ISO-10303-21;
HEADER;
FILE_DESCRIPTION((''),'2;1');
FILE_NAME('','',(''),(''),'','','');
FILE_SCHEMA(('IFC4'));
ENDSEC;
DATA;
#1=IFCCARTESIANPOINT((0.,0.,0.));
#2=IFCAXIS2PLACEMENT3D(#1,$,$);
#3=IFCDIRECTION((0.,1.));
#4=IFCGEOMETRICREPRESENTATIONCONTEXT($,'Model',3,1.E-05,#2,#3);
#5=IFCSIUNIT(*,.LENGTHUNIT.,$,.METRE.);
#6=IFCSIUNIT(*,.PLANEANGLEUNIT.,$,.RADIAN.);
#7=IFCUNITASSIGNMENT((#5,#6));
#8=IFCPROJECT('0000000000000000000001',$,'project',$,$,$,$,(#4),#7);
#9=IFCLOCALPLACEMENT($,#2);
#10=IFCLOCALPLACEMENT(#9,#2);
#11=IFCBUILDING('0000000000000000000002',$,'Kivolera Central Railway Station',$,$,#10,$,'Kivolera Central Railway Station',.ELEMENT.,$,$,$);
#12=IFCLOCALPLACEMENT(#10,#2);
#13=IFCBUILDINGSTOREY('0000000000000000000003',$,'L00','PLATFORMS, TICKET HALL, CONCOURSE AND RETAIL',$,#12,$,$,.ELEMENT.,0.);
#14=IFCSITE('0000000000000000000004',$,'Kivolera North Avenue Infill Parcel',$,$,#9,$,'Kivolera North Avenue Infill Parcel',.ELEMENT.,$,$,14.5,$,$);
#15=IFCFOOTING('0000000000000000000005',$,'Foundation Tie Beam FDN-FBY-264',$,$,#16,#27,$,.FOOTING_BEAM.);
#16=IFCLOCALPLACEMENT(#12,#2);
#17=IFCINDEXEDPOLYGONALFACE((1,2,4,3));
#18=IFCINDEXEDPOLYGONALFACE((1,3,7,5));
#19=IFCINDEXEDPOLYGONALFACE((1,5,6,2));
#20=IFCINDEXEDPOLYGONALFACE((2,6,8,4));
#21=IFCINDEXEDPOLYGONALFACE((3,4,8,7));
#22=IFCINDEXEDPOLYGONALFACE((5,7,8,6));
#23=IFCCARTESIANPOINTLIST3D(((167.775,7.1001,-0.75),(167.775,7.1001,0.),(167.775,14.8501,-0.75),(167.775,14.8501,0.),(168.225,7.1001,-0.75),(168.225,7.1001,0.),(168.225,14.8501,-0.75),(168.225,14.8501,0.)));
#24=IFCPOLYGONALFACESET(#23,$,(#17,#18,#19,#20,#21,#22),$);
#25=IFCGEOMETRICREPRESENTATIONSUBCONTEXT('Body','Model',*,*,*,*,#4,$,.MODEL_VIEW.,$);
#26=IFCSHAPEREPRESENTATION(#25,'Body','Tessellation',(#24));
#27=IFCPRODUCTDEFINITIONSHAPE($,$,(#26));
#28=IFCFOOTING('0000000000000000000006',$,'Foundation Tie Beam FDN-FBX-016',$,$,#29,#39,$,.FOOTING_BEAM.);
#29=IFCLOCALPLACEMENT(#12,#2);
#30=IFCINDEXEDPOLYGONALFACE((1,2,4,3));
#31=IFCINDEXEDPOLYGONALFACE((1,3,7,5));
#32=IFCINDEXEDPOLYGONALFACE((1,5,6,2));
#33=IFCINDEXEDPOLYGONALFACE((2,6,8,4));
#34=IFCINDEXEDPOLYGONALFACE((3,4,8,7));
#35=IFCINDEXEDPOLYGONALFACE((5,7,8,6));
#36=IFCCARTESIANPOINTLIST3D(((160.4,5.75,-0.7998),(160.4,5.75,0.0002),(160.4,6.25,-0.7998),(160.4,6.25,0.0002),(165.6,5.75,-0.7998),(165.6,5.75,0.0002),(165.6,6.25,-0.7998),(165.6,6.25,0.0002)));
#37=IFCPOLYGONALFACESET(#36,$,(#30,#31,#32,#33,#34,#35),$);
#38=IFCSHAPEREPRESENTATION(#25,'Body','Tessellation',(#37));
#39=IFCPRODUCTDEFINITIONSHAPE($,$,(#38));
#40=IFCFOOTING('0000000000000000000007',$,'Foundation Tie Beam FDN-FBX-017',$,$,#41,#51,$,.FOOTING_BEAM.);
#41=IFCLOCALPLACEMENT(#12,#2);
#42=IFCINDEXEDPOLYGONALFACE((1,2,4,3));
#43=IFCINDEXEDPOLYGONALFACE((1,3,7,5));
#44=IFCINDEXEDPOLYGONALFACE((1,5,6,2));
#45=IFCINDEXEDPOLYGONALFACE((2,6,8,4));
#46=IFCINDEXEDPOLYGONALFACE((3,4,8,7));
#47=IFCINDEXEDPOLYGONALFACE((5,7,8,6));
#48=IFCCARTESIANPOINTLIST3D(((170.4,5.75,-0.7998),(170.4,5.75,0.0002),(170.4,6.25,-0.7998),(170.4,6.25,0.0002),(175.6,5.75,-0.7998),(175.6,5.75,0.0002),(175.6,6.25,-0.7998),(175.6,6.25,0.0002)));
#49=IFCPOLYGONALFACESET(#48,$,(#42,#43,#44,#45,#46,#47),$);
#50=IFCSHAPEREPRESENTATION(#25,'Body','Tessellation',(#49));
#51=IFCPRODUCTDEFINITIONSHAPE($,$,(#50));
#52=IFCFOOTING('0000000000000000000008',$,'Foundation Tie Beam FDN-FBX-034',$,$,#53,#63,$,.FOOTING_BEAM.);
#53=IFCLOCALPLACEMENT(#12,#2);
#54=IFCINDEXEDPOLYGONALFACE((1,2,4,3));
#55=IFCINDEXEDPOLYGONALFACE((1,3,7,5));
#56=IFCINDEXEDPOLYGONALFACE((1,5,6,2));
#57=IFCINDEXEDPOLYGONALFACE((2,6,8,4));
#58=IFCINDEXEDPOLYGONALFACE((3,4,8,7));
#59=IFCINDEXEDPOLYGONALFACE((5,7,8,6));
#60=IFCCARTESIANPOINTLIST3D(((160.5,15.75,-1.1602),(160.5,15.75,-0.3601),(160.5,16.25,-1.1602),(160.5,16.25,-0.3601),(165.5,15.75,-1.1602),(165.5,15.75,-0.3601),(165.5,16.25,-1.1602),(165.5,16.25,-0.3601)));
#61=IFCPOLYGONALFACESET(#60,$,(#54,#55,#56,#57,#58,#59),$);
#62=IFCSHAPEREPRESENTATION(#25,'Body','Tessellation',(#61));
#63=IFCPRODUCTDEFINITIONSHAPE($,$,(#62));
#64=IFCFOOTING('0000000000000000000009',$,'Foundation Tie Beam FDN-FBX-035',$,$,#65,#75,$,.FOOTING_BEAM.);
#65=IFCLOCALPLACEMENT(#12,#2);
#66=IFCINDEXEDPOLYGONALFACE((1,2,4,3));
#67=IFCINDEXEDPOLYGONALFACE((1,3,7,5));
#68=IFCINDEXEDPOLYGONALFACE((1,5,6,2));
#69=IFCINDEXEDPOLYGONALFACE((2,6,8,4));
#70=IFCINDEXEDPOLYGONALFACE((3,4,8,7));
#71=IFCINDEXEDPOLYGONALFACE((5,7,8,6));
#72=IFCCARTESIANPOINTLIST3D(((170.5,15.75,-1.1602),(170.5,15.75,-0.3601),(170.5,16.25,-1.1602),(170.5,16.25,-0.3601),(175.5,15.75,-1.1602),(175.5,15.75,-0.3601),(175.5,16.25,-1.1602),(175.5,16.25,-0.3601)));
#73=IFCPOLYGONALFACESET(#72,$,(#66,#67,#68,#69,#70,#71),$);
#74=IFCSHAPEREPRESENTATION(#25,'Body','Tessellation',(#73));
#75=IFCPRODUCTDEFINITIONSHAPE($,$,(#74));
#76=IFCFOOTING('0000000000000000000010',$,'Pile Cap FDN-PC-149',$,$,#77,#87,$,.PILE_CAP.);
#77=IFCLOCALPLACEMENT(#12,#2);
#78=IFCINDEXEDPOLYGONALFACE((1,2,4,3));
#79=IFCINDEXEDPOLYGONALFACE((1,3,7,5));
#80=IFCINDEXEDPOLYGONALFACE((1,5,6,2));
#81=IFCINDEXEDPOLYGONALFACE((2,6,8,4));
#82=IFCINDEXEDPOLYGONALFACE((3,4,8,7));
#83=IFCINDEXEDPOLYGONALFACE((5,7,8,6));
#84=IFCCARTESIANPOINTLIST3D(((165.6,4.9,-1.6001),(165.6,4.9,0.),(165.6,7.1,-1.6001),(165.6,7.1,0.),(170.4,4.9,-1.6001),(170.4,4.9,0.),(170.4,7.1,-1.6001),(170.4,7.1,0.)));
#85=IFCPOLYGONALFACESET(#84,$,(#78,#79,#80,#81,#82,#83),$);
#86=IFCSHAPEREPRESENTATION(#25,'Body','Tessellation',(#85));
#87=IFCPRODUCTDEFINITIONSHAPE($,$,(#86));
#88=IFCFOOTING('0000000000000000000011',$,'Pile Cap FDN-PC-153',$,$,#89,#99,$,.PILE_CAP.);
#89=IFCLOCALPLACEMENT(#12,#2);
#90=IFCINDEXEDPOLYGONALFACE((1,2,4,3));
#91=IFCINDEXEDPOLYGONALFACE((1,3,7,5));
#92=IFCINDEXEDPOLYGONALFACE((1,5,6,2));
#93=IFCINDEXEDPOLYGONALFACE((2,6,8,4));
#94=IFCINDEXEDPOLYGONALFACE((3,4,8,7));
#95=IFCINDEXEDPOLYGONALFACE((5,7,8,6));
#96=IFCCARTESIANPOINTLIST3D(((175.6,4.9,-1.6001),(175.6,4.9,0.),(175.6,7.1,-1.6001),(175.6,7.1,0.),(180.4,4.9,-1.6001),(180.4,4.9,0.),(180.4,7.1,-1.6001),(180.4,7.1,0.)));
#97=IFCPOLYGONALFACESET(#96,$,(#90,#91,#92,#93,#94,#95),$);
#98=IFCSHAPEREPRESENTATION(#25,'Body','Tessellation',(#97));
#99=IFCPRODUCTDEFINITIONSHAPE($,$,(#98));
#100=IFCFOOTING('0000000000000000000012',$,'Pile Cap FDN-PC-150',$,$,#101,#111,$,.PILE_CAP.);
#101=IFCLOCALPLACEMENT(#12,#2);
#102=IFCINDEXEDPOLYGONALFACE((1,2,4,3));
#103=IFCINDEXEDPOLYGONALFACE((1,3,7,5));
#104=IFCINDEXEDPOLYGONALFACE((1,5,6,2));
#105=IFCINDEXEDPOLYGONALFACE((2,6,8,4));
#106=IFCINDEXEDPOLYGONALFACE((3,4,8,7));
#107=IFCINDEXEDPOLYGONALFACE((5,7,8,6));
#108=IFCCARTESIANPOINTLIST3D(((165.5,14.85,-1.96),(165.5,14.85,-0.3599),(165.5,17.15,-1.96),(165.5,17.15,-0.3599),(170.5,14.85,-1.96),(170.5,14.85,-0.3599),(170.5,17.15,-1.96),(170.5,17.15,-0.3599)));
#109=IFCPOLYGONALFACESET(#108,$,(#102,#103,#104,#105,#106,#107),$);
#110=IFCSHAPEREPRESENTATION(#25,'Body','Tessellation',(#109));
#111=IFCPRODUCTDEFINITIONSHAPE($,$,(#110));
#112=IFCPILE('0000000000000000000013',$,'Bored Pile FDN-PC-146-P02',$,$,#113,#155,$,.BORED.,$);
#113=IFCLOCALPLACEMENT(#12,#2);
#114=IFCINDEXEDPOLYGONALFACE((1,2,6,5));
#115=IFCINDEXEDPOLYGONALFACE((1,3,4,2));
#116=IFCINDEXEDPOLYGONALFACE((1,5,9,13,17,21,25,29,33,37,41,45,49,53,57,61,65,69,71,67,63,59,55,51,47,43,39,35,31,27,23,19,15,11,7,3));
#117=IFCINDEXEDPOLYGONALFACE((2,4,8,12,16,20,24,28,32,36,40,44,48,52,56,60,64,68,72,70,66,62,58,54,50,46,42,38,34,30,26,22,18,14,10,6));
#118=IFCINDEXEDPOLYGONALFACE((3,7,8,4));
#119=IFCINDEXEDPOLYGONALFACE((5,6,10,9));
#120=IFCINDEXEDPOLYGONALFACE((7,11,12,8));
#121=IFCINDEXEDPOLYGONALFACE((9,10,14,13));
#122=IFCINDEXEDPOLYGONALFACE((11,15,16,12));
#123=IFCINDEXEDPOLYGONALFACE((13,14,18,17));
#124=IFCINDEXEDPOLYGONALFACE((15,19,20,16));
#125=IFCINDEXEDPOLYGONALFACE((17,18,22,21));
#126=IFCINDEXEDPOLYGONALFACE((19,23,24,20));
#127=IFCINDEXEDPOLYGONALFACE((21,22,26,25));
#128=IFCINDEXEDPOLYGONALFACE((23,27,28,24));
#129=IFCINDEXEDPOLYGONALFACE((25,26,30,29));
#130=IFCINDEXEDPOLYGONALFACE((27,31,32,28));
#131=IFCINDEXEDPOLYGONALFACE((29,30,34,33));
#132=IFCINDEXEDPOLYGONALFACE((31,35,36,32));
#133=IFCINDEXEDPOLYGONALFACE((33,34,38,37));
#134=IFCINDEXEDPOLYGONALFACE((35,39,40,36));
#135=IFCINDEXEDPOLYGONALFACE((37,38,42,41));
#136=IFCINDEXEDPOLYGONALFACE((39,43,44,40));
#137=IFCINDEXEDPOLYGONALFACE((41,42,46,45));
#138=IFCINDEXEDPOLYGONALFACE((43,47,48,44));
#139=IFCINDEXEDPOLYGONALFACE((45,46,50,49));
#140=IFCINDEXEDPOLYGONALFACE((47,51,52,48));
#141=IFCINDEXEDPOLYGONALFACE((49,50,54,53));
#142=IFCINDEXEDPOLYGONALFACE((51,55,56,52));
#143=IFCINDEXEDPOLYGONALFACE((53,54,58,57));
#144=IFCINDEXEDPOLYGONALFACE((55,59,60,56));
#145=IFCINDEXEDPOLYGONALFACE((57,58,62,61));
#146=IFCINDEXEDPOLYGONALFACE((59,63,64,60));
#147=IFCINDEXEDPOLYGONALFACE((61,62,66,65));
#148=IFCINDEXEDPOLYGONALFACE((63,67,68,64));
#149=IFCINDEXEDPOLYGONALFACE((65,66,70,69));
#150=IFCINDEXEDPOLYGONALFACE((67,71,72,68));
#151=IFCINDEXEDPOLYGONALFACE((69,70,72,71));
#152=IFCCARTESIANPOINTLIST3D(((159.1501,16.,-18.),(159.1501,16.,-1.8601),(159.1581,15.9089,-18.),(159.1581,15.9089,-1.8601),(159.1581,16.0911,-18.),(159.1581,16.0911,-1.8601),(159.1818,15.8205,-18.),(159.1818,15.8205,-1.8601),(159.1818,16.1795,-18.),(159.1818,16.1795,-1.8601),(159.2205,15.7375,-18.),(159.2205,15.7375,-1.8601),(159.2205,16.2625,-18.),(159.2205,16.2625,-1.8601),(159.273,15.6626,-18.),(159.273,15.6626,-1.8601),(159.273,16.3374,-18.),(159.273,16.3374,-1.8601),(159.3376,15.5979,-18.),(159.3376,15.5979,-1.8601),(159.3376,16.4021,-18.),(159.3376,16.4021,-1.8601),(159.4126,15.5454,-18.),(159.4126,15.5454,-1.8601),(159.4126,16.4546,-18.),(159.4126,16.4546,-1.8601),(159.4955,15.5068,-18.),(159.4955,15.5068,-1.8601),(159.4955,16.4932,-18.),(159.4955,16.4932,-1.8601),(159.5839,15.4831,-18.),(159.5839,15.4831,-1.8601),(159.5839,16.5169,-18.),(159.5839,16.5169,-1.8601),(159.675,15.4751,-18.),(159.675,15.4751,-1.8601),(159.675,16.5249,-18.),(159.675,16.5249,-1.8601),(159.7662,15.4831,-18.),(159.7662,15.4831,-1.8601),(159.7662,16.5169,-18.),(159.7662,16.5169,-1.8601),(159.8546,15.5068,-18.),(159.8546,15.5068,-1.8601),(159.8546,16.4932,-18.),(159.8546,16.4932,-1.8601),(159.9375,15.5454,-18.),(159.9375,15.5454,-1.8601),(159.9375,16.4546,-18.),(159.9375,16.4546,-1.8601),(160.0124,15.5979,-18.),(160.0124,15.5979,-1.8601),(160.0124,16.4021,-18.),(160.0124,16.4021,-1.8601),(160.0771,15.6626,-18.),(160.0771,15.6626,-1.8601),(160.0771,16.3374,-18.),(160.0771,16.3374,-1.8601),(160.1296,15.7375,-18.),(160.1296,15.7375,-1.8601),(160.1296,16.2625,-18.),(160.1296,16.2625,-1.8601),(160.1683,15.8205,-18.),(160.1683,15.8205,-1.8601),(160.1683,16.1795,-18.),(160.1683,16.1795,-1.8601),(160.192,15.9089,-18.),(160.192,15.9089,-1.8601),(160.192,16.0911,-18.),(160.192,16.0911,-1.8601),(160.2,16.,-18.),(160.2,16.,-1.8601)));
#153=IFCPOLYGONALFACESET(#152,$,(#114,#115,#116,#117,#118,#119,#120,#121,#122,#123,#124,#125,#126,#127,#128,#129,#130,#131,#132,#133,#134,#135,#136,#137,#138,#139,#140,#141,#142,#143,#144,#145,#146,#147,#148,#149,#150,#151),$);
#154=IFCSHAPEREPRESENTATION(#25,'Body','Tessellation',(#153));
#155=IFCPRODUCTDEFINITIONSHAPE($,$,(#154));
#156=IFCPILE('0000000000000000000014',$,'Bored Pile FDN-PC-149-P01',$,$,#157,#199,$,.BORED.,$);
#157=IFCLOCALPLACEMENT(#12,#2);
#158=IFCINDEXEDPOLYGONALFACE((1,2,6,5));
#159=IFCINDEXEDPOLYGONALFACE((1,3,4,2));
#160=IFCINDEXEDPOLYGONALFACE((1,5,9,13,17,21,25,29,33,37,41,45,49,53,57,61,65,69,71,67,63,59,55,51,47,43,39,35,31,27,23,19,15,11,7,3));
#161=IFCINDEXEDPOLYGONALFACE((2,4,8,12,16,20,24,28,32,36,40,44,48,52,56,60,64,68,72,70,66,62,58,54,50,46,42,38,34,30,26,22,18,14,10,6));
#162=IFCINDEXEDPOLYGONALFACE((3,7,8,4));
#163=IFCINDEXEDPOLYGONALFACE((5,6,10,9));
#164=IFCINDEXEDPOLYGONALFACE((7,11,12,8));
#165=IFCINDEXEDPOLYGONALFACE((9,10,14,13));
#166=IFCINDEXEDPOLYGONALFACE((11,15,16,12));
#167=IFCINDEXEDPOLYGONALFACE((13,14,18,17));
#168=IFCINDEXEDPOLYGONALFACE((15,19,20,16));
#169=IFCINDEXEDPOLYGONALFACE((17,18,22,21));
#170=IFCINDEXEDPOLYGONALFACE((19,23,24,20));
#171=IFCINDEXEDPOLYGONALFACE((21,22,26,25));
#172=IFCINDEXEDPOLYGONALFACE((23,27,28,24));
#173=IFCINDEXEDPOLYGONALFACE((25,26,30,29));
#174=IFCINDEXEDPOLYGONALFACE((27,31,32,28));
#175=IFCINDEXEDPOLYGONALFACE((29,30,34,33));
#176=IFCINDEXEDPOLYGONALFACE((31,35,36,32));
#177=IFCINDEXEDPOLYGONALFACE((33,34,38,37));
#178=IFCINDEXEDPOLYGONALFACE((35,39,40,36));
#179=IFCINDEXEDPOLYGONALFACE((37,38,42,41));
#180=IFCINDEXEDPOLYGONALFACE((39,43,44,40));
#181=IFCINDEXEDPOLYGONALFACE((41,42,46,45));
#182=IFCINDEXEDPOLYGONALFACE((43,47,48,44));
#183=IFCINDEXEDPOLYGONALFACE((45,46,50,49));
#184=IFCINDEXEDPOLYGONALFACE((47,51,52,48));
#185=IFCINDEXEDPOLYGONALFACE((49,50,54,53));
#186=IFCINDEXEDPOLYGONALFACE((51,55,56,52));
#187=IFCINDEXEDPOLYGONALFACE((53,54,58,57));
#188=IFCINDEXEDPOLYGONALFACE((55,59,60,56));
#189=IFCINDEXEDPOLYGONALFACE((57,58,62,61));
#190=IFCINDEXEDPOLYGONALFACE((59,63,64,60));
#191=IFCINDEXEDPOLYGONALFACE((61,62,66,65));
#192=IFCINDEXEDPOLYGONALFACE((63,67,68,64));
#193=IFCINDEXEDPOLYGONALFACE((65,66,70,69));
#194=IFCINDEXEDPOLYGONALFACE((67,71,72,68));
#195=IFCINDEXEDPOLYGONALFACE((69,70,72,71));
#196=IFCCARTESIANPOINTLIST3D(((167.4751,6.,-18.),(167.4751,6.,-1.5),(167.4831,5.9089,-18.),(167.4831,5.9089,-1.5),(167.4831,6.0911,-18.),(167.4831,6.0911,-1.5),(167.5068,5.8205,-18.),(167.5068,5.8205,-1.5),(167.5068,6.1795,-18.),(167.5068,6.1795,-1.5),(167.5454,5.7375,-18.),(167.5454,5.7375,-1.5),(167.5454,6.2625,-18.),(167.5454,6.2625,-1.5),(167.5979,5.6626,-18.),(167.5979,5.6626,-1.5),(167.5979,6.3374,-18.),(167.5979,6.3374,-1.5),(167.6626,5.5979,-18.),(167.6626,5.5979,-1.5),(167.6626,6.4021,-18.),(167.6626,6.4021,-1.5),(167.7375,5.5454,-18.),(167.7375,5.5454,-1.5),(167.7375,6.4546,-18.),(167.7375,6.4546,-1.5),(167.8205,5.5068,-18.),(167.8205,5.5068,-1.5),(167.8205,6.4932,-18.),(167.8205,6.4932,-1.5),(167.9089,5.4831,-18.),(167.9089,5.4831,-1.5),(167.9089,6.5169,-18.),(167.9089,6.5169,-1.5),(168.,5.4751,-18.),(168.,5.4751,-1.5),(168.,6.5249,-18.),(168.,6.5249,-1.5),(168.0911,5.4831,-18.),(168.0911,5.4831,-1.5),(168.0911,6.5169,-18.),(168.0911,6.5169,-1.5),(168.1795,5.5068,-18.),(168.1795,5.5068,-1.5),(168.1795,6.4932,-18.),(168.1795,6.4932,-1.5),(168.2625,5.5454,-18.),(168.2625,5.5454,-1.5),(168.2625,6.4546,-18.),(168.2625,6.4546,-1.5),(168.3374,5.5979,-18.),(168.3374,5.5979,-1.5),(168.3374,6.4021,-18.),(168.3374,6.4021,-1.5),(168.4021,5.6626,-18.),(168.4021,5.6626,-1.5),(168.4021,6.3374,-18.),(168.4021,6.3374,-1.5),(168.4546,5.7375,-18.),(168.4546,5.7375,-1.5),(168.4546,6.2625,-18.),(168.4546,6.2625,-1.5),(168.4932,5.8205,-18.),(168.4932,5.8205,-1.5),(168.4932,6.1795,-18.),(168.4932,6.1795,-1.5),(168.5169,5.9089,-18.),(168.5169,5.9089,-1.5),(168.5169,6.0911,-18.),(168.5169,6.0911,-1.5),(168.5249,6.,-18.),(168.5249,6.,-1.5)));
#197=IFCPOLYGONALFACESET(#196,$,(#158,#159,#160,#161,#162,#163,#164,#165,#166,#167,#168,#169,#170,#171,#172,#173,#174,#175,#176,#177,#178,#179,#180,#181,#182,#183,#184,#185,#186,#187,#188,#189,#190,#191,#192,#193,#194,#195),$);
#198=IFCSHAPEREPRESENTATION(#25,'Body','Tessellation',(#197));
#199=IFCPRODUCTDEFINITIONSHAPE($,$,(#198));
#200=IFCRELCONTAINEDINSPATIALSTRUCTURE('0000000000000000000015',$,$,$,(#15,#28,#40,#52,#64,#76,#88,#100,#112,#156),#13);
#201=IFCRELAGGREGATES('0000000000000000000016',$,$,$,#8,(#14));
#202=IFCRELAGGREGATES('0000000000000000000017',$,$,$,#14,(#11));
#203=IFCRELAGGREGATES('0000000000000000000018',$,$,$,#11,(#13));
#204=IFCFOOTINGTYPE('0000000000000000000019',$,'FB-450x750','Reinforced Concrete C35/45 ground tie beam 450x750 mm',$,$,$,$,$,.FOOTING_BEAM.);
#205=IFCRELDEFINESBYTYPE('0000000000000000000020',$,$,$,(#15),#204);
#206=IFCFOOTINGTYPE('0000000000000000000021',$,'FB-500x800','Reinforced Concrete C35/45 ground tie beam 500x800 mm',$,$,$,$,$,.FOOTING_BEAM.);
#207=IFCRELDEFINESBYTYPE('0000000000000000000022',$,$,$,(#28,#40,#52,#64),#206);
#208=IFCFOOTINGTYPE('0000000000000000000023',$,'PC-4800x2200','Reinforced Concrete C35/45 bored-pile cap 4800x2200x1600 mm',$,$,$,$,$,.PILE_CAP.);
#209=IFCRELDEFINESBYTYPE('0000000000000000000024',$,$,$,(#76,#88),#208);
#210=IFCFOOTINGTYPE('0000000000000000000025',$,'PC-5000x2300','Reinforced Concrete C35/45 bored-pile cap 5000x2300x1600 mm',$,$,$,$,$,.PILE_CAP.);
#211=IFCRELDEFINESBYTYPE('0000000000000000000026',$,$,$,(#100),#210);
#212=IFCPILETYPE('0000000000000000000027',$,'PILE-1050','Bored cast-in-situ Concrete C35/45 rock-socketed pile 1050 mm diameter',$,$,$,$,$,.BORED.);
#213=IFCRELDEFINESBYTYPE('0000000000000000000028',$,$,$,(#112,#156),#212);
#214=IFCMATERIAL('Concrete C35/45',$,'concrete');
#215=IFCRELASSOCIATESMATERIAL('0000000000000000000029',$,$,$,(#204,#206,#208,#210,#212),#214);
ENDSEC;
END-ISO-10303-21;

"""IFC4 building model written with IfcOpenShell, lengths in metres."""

from ifc_helpers import new_model, si_unit, direction, frame, origin, origin_2d, place, context, subcontext, project, spatial, rectangle, circle, extrude, material, material_profile, profile_set, type_object, element, save


model = new_model("IFC4")

# Units and contexts
model_context = context("Model", 3, precision=1e-05, world=origin(), true_north=direction((0.0, 1.0)))
body_context = subcontext(model_context, "Body", "Model", "MODEL_VIEW")
ifc_project = project(units=[si_unit("LENGTHUNIT", "METRE"), si_unit("PLANEANGLEUNIT", "RADIAN")], contexts=[model_context])

# Site, building, storey
site_placement = place(None, origin())
site = spatial("IfcSite", under=ifc_project, at=site_placement, Name="Kivolera North Avenue Infill Parcel", LongName="Kivolera North Avenue Infill Parcel", CompositionType="ELEMENT", RefElevation=14.5)
building_placement = place(site_placement, origin())
building = spatial("IfcBuilding", under=site, at=building_placement, Name="Kivolera Central Railway Station", LongName="Kivolera Central Railway Station", CompositionType="ELEMENT")
storey_placement = place(building_placement, origin())
storey = spatial("IfcBuildingStorey", under=building, at=storey_placement, Name="L00", Description="PLATFORMS, TICKET HALL, CONCOURSE AND RETAIL", CompositionType="ELEMENT", Elevation=0.0)

# Footings
ifc_material_1 = material(Name="Concrete C35/45", Category="concrete")
footing_type_1 = type_object("IfcFootingType", Name="FB-450x750", Description="Reinforced Concrete C35/45 ground tie beam 450x750 mm", PredefinedType="FOOTING_BEAM", material=ifc_material_1)
footing_1_placement = place(storey_placement, frame((168.0, 10.9751, -0.75), z_axis=(0.0, 0.0, 1.0), x_axis=(1.0, 0.0, 0.0)))
element("IfcFooting", 1, at=footing_1_placement, inside=storey, type_object=footing_type_1, Name="Foundation Tie Beam FDN-FBY-264", PredefinedType="FOOTING_BEAM", context=body_context, shape_type="SweptSolid", body=[
    extrude(rectangle(XDim=0.45, YDim=7.75, at=origin_2d()), origin(), (0.0, 0.0, 1.0), 0.75),
])
footing_type_2 = type_object("IfcFootingType", Name="FB-500x800", Description="Reinforced Concrete C35/45 ground tie beam 500x800 mm", PredefinedType="FOOTING_BEAM", material=ifc_material_1)
for number, where, z_axis, x_axis, name in (
    (2, (163.0, 6.0, -0.7998), (0.0, 0.0, 1.0), (1.0, 0.0, 0.0), "Foundation Tie Beam FDN-FBX-016"),
    (3, (173.0, 6.0, -0.7998), (0.0, 0.0, 1.0), (1.0, 0.0, 0.0), "Foundation Tie Beam FDN-FBX-017"),
):
    element("IfcFooting", number, at=place(storey_placement, frame(where, z_axis=z_axis, x_axis=x_axis)), inside=storey, type_object=footing_type_2, Name=name, PredefinedType="FOOTING_BEAM", context=body_context, shape_type="SweptSolid", body=[
        extrude(rectangle(XDim=5.2, YDim=0.5, at=origin_2d()), origin(), (0.0, 0.0, 1.0), 0.8),
    ])
for number, where, z_axis, x_axis, name in (
    (4, (163.0, 16.0, -1.1602), (0.0, 0.0, 1.0), (1.0, 0.0, 0.0), "Foundation Tie Beam FDN-FBX-034"),
    (5, (173.0, 16.0, -1.1602), (0.0, 0.0, 1.0), (1.0, 0.0, 0.0), "Foundation Tie Beam FDN-FBX-035"),
):
    element("IfcFooting", number, at=place(storey_placement, frame(where, z_axis=z_axis, x_axis=x_axis)), inside=storey, type_object=footing_type_2, Name=name, PredefinedType="FOOTING_BEAM", context=body_context, shape_type="SweptSolid", body=[
        extrude(rectangle(XDim=5.0, YDim=0.5, at=origin_2d()), origin(), (0.0, 0.0, 1.0), 0.8),
    ])
footing_type_3 = type_object("IfcFootingType", Name="PC-4800x2200", Description="Reinforced Concrete C35/45 bored-pile cap 4800x2200x1600 mm", PredefinedType="PILE_CAP", material=ifc_material_1)
for number, where, z_axis, x_axis, name in (
    (6, (168.0, 6.0, -1.6001), (0.0, 0.0, 1.0), (1.0, 0.0, 0.0), "Pile Cap FDN-PC-149"),
    (7, (178.0, 6.0, -1.6001), (0.0, 0.0, 1.0), (1.0, 0.0, 0.0), "Pile Cap FDN-PC-153"),
):
    element("IfcFooting", number, at=place(storey_placement, frame(where, z_axis=z_axis, x_axis=x_axis)), inside=storey, type_object=footing_type_3, Name=name, PredefinedType="PILE_CAP", context=body_context, shape_type="SweptSolid", body=[
        extrude(rectangle(XDim=4.8, YDim=2.2, at=origin_2d()), origin(), (0.0, 0.0, 1.0), 1.6001),
    ])
footing_type_4 = type_object("IfcFootingType", Name="PC-5000x2300", Description="Reinforced Concrete C35/45 bored-pile cap 5000x2300x1600 mm", PredefinedType="PILE_CAP", material=ifc_material_1)
footing_2_placement = place(storey_placement, frame((168.0, 16.0, -1.96), z_axis=(0.0, 0.0, 1.0), x_axis=(1.0, 0.0, 0.0)))
element("IfcFooting", 8, at=footing_2_placement, inside=storey, type_object=footing_type_4, Name="Pile Cap FDN-PC-150", PredefinedType="PILE_CAP", context=body_context, shape_type="SweptSolid", body=[
    extrude(rectangle(XDim=5.0, YDim=2.3, at=origin_2d()), origin(), (0.0, 0.0, 1.0), 1.6001),
])

# Piles
ifc_material_profile_1 = material_profile(ifc_material_1, circle(Radius=0.5249, at=origin_2d()), Name="PILE D1050")
ifc_profile_set_1 = profile_set([ifc_material_profile_1], Name="Concrete C35/45")
pile_type = type_object("IfcPileType", Name="PILE-1050", Description="Bored cast-in-situ Concrete C35/45 rock-socketed pile 1050 mm diameter", PredefinedType="BORED", material=ifc_profile_set_1)
pile_1_placement = place(storey_placement, frame((159.675, 16.0, -1.8601), z_axis=(0.0, 0.0, -1.0), x_axis=(1.0, 0.0, 0.0)))
element("IfcPile", 9, at=pile_1_placement, inside=storey, type_object=pile_type, Name="Bored Pile FDN-PC-146-P02", PredefinedType="BORED", context=body_context, shape_type="SweptSolid", body=[
    extrude(circle(Radius=0.5249, at=origin_2d()), origin(), (0.0, 0.0, 1.0), 16.1399),
])
pile_2_placement = place(storey_placement, frame((168.0, 6.0, -1.5), z_axis=(0.0, 0.0, -1.0), x_axis=(1.0, 0.0, 0.0)))
element("IfcPile", 10, at=pile_2_placement, inside=storey, type_object=pile_type, Name="Bored Pile FDN-PC-149-P01", PredefinedType="BORED", context=body_context, shape_type="SweptSolid", body=[
    extrude(circle(Radius=0.5249, at=origin_2d()), origin(), (0.0, 0.0, 1.0), 16.5),
])

save(model, "model.ifc")
